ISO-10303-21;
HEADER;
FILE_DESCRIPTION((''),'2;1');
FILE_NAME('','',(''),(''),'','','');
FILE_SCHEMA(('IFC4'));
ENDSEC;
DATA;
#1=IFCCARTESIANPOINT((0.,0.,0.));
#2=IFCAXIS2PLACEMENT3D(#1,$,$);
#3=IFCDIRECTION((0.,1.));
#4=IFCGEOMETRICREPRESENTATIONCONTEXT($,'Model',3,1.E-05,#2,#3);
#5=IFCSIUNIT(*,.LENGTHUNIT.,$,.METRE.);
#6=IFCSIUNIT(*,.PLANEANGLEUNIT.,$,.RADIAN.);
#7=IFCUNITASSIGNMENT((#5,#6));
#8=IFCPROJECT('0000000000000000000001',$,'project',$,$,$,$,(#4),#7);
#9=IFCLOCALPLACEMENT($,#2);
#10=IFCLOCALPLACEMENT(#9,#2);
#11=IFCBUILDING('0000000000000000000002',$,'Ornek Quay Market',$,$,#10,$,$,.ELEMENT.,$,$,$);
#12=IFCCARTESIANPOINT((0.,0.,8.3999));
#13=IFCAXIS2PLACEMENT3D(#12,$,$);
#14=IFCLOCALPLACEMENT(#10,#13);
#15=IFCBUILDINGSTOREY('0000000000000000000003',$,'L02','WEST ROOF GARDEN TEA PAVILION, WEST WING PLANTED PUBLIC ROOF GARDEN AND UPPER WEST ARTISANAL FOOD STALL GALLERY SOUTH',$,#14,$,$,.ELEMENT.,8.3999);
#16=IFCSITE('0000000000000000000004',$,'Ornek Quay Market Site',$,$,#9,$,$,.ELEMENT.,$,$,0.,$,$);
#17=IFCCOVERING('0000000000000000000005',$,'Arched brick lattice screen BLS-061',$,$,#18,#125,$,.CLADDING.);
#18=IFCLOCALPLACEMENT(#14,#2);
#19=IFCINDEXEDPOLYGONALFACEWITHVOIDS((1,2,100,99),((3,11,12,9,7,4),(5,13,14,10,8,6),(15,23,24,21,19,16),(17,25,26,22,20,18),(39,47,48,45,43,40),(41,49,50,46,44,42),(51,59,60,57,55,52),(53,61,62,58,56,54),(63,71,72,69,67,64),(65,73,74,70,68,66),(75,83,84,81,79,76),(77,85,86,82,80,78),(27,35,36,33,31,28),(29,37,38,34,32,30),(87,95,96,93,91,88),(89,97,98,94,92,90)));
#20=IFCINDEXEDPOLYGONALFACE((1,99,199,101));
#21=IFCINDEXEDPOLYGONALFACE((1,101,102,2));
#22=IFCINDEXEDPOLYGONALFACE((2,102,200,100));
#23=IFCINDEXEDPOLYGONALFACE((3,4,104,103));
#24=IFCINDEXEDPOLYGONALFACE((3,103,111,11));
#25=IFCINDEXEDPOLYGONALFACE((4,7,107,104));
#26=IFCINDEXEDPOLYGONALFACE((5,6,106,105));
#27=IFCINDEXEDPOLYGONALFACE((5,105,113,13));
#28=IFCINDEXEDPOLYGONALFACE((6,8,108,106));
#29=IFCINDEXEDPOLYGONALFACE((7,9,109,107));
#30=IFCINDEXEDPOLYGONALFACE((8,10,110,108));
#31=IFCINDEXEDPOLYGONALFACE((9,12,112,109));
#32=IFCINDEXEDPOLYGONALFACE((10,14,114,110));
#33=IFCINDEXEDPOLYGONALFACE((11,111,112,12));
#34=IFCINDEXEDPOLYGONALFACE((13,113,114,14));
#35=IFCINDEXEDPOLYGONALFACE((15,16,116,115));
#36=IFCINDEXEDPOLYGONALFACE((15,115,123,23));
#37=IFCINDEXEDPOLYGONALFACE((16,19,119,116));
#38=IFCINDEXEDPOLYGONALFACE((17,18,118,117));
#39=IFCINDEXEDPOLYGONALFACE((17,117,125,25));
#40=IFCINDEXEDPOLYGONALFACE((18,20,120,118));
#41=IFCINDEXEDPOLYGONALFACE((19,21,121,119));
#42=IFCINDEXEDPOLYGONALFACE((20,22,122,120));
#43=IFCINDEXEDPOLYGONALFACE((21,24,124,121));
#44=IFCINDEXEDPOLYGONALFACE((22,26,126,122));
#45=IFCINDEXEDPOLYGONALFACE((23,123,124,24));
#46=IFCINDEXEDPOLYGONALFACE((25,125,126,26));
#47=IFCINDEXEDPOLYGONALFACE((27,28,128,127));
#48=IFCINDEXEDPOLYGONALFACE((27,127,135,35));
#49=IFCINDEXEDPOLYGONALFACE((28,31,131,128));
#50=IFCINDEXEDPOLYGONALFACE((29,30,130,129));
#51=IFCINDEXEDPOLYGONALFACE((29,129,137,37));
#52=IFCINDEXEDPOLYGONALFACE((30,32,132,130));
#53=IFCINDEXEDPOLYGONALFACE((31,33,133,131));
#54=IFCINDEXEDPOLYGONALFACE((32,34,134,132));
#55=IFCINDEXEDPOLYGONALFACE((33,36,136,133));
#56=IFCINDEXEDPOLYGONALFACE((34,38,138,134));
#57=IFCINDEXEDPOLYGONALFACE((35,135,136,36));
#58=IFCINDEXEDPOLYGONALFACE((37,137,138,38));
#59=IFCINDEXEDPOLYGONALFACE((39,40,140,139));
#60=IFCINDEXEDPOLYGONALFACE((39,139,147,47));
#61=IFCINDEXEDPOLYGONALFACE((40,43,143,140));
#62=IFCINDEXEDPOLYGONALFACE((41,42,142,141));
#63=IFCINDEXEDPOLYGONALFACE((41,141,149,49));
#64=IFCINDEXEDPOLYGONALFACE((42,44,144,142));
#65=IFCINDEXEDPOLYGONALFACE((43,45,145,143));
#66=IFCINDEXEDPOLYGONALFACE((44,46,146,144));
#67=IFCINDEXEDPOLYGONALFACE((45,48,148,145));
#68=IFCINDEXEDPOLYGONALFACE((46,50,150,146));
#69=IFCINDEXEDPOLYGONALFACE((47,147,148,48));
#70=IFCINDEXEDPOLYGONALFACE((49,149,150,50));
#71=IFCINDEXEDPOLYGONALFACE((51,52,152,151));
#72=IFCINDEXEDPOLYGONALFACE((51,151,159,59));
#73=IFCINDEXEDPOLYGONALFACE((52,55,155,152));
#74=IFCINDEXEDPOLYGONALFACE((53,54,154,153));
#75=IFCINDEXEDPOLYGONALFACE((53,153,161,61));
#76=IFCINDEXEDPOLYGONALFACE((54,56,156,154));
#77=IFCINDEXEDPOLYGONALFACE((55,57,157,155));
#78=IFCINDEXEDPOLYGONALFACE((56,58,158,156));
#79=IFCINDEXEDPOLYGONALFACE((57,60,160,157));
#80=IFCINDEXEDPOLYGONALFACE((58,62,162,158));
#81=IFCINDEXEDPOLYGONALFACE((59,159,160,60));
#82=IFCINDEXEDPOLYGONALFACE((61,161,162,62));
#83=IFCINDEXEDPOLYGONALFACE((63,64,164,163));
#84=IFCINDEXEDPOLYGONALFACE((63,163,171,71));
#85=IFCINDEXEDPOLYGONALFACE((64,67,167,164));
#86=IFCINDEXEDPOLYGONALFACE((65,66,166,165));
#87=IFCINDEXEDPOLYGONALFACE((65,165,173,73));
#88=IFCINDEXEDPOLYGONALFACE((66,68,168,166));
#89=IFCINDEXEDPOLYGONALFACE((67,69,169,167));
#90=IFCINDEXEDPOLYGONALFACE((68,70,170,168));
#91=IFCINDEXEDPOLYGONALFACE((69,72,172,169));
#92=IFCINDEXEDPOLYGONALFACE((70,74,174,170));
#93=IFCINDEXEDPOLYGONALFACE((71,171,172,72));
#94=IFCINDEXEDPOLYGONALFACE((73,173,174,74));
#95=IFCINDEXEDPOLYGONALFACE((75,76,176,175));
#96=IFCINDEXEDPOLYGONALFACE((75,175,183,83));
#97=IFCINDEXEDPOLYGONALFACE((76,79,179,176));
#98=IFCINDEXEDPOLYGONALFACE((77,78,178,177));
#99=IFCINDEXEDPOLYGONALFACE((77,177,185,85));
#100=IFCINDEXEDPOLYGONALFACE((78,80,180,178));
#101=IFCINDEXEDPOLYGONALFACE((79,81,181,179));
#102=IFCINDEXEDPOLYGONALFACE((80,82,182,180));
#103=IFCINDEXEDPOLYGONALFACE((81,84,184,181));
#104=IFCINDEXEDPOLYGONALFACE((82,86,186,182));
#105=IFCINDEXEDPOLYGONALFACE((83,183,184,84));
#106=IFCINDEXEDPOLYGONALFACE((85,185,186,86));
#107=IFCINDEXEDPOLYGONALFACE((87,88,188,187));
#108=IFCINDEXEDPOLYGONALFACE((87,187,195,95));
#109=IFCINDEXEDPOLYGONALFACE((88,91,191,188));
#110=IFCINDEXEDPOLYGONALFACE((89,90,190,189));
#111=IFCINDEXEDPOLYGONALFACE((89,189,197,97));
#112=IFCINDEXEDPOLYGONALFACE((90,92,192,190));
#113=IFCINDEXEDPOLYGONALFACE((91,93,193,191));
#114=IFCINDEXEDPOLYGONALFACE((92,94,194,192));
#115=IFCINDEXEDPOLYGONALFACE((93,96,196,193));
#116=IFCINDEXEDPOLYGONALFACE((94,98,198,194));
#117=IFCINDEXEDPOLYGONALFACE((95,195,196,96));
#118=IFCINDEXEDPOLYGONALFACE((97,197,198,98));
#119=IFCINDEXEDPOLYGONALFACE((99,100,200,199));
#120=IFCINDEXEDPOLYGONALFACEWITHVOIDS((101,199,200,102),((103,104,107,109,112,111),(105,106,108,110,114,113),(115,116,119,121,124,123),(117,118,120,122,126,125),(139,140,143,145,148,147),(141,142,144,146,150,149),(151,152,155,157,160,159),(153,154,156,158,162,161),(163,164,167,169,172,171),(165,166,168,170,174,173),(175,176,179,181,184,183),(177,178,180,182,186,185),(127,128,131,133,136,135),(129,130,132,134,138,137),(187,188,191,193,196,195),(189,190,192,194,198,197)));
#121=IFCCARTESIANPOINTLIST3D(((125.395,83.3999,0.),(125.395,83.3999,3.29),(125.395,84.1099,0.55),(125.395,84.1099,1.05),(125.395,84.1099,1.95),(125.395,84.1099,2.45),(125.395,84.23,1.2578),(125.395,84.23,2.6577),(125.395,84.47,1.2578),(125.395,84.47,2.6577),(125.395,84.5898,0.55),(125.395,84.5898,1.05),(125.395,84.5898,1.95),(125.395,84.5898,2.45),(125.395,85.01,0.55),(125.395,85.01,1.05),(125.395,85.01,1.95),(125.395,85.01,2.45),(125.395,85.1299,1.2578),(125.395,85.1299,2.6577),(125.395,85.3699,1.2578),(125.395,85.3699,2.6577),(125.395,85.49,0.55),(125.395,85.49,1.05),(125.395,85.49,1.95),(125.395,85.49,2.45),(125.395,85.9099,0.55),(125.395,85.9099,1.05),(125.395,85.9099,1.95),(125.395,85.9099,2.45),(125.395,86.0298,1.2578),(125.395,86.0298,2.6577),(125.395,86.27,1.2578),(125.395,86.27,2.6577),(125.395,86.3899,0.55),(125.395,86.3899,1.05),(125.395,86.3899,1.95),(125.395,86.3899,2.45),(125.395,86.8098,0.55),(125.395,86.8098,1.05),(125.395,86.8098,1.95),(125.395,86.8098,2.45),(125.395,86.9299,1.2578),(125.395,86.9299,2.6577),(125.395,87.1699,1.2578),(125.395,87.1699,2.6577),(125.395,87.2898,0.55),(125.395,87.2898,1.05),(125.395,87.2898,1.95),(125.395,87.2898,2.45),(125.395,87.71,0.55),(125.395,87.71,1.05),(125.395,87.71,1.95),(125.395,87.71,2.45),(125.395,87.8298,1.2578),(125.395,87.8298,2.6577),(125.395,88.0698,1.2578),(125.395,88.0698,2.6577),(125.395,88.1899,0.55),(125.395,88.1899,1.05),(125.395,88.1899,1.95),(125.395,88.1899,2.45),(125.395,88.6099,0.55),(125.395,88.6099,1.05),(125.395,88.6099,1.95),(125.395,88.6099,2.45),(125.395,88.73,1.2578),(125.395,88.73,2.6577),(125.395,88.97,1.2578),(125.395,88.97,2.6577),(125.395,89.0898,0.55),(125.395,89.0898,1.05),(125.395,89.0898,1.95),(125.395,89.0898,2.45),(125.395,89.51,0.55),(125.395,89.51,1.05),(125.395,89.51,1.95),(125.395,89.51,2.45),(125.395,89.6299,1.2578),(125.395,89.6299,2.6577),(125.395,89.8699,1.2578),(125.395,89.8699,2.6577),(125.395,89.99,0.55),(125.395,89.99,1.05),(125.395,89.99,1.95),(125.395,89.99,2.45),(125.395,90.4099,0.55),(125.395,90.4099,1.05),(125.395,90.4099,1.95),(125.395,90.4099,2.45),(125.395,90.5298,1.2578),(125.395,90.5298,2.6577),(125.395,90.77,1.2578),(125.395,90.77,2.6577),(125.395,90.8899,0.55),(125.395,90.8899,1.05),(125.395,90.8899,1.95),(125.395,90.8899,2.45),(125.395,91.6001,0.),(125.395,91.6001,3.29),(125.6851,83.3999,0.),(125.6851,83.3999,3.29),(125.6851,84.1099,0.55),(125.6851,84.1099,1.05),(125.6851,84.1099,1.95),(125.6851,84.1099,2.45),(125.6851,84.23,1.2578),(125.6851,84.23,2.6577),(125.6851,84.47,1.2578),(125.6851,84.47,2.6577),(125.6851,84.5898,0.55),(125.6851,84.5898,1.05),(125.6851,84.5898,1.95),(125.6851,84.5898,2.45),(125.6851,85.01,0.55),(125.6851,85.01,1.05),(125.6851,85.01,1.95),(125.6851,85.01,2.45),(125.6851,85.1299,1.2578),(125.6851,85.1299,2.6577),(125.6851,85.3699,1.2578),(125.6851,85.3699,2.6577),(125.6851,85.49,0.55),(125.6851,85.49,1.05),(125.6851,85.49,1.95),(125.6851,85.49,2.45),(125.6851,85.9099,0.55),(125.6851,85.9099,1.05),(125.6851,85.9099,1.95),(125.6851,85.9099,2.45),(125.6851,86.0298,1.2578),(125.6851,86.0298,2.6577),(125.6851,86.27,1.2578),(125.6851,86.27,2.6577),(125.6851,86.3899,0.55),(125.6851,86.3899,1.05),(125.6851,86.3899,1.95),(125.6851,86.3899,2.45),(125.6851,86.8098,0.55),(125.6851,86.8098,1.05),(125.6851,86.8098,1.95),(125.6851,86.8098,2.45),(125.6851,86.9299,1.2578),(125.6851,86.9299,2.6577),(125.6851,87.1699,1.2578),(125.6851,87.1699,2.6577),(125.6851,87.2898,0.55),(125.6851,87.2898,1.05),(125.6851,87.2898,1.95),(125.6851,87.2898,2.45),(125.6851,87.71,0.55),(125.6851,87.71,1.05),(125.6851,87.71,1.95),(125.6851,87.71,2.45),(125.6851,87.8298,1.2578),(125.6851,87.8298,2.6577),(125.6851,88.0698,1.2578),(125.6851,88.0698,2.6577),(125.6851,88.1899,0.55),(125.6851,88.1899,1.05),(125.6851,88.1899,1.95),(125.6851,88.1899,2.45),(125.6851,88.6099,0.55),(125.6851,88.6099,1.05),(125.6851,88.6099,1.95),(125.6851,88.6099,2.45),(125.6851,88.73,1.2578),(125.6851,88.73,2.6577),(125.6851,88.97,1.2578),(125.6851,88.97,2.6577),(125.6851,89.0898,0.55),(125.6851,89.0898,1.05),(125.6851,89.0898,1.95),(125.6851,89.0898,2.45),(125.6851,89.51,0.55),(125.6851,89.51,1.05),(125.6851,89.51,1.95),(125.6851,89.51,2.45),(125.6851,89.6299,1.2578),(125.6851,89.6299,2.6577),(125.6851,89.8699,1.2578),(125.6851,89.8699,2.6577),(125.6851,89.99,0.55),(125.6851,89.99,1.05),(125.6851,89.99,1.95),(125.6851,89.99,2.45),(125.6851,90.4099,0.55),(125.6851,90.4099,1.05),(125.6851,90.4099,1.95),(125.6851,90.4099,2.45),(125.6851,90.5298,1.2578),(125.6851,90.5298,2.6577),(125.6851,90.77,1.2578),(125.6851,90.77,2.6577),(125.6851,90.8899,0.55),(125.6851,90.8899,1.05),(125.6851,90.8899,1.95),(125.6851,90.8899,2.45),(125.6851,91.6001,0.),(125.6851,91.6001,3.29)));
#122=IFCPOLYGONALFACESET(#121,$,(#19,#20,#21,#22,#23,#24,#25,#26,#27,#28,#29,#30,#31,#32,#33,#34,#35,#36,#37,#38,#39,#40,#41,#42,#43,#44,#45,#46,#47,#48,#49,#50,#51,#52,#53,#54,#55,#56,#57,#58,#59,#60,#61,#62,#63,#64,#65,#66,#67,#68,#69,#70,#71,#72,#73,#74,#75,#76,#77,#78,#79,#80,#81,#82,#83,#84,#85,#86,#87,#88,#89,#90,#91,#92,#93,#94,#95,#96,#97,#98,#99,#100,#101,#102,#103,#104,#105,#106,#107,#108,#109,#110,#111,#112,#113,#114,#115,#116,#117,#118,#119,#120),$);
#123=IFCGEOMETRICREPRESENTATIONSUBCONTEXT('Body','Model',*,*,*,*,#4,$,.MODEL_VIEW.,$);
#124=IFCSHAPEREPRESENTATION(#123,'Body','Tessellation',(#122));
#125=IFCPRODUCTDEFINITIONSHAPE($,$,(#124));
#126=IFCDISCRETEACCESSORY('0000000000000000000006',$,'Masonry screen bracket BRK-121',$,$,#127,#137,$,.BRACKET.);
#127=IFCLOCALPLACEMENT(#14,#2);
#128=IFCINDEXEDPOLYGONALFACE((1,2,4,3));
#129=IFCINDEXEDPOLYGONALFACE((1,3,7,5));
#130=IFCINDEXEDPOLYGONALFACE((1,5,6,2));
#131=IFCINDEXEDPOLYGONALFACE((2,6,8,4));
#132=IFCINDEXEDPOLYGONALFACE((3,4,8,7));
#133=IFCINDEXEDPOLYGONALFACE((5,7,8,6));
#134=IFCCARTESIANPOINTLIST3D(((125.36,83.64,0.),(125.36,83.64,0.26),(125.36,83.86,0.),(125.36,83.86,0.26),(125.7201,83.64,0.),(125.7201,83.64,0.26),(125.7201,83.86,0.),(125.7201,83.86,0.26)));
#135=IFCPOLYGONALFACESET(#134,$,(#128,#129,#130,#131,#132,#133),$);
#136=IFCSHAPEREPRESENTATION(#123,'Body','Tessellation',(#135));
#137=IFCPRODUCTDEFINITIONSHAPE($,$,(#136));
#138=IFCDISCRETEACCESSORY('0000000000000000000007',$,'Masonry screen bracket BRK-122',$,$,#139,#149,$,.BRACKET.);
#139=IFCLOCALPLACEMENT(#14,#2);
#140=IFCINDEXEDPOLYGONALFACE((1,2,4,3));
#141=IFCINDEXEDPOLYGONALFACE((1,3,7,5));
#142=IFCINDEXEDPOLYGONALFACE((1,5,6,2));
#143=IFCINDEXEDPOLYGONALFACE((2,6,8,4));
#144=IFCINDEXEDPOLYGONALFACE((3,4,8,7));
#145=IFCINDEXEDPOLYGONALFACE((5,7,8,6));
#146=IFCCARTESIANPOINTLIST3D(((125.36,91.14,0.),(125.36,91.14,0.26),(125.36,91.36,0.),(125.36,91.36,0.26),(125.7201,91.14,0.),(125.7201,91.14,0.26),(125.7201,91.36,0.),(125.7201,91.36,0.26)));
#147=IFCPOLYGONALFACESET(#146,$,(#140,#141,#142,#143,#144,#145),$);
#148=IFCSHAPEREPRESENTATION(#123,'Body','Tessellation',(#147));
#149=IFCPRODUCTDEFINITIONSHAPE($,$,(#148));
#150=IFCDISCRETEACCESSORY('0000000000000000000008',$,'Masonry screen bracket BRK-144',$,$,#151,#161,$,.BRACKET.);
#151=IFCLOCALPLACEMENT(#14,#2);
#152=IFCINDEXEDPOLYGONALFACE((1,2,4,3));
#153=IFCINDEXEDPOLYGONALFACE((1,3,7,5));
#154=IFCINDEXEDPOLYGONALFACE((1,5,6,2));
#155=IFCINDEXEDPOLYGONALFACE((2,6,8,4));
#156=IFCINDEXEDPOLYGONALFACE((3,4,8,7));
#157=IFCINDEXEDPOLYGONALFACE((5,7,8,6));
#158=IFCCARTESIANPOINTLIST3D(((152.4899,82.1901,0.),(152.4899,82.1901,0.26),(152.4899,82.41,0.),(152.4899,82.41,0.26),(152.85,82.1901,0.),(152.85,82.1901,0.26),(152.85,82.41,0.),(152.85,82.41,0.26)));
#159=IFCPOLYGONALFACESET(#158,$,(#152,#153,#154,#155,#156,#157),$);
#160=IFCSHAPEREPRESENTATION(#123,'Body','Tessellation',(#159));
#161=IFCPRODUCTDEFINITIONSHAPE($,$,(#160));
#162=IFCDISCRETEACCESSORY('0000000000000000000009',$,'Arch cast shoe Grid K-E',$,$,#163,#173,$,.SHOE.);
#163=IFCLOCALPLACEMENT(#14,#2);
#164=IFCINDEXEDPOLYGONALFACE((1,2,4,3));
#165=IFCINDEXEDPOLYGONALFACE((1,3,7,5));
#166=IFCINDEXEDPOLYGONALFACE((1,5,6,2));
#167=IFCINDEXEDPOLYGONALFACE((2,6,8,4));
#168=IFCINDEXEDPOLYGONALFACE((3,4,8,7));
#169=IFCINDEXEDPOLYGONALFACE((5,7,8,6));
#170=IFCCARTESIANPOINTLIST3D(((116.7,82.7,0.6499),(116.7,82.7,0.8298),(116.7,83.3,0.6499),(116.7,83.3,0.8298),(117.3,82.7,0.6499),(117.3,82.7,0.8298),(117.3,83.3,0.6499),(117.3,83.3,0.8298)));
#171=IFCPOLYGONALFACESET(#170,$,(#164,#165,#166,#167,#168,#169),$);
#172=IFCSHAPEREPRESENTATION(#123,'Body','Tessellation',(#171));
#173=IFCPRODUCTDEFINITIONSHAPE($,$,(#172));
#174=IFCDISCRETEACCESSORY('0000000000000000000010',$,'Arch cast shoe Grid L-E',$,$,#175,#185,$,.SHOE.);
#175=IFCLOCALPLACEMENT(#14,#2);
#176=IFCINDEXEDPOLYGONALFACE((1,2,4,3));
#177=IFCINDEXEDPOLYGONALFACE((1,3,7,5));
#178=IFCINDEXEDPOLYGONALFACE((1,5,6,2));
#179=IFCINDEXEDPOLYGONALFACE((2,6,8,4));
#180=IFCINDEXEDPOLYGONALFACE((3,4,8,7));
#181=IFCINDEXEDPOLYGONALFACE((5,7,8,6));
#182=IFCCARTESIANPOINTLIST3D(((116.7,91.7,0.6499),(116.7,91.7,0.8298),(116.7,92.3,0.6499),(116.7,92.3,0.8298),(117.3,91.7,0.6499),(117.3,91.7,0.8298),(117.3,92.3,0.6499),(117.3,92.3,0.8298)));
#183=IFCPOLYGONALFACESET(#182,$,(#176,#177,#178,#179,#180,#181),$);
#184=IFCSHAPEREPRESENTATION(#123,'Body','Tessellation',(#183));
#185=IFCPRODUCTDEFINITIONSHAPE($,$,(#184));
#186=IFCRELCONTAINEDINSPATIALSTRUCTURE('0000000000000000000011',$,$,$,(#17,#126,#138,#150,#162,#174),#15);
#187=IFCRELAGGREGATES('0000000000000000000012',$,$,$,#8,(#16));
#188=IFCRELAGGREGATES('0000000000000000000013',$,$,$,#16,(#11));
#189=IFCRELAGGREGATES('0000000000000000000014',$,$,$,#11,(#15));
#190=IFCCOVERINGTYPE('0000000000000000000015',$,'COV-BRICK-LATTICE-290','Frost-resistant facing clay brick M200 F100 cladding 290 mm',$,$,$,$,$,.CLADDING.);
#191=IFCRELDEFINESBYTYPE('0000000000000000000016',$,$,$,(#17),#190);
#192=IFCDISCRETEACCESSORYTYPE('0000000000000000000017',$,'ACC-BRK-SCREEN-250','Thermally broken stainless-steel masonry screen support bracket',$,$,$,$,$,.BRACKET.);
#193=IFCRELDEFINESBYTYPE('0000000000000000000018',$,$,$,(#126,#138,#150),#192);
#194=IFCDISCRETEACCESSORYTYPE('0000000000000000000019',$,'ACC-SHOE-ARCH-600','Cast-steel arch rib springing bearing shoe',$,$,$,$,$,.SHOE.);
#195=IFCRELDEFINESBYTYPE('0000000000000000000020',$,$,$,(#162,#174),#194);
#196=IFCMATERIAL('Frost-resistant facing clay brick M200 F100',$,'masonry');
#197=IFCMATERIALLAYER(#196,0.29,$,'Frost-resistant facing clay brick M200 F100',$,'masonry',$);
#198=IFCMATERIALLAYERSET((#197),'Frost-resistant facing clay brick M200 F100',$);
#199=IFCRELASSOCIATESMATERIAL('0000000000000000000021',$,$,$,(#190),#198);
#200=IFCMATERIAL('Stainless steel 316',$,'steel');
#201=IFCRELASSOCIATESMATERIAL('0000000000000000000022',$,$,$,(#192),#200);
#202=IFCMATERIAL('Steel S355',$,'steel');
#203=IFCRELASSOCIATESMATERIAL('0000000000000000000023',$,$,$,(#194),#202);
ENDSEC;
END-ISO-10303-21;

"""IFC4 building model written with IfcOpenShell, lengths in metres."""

from ifc_helpers import new_model, si_unit, direction, frame, origin, origin_2d, place, context, subcontext, project, spatial, polyline, rectangle, outline, extrude, material, layer, layer_set, type_object, element, save


model = new_model("IFC4")

# Units and contexts
model_context = context("Model", 3, precision=1e-05, world=origin(), true_north=direction((0.0, 1.0)))
body_context = subcontext(model_context, "Body", "Model", "MODEL_VIEW")
ifc_project = project(units=[si_unit("LENGTHUNIT", "METRE"), si_unit("PLANEANGLEUNIT", "RADIAN")], contexts=[model_context])

# Site, building, storey
site_placement = place(None, origin())
site = spatial("IfcSite", under=ifc_project, at=site_placement, Name="Ornek Quay Market Site", CompositionType="ELEMENT", RefElevation=0.0)
building_placement = place(site_placement, origin())
building = spatial("IfcBuilding", under=site, at=building_placement, Name="Ornek Quay Market", CompositionType="ELEMENT")
storey_placement = place(building_placement, frame((0.0, 0.0, 8.3999)))
storey = spatial("IfcBuildingStorey", under=building, at=storey_placement, Name="L02", Description="WEST ROOF GARDEN TEA PAVILION, WEST WING PLANTED PUBLIC ROOF GARDEN AND UPPER WEST ARTISANAL FOOD STALL GALLERY SOUTH", CompositionType="ELEMENT", Elevation=8.3999)

# Shared definitions
ifc_material_1 = material(Name="Steel S355", Category="steel")

# Shared definitions
ifc_material_2 = material(Name="Frost-resistant facing clay brick M200 F100", Category="masonry")

# Covering
ifc_layer_1 = layer(ifc_material_2, 0.29, Name="Frost-resistant facing clay brick M200 F100", Category="masonry")
ifc_layer_set_1 = layer_set([ifc_layer_1], Name="Frost-resistant facing clay brick M200 F100")
covering_type_1 = type_object("IfcCoveringType", Name="COV-BRICK-LATTICE-290", Description="Frost-resistant facing clay brick M200 F100 cladding 290 mm", PredefinedType="CLADDING", material=ifc_layer_set_1)
covering_1_placement = place(storey_placement, frame((125.54, 83.3999, 0.0), z_axis=(0.0, 0.0, 1.0), x_axis=(0.0, 1.0, 0.0)))
element("IfcCovering", 1, at=covering_1_placement, inside=storey, type_object=covering_type_1, Name="Arched brick lattice screen BLS-061", PredefinedType="CLADDING", context=body_context, shape_type="SweptSolid", body=[
    extrude(outline(polyline([(0.0, 0.0), (8.2002, 0.0), (8.2002, 3.29), (0.0, 3.29), (0.0, 0.0)]), holes=[polyline([(0.71, 0.55), (1.1899, 0.55), (1.1899, 1.05), (1.0701, 1.2578), (0.8301, 1.2578), (0.71, 1.05), (0.71, 0.55)]), polyline([(0.71, 1.95), (1.1899, 1.95), (1.1899, 2.45), (1.0701, 2.6577), (0.8301, 2.6577), (0.71, 2.45), (0.71, 1.95)]), polyline([(1.6101, 0.55), (2.0901, 0.55), (2.0901, 1.05), (1.97, 1.2578), (1.73, 1.2578), (1.6101, 1.05), (1.6101, 0.55)]), polyline([(1.6101, 1.95), (2.0901, 1.95), (2.0901, 2.45), (1.97, 2.6577), (1.73, 2.6577), (1.6101, 2.45), (1.6101, 1.95)]), polyline([(2.51, 0.55), (2.99, 0.55), (2.99, 1.05), (2.8701, 1.2578), (2.6299, 1.2578), (2.51, 1.05), (2.51, 0.55)]), polyline([(2.51, 1.95), (2.99, 1.95), (2.99, 2.45), (2.8701, 2.6577), (2.6299, 2.6577), (2.51, 2.45), (2.51, 1.95)]), polyline([(3.4099, 0.55), (3.8899, 0.55), (3.8899, 1.05), (3.77, 1.2578), (3.53, 1.2578), (3.4099, 1.05), (3.4099, 0.55)]), polyline([(3.4099, 1.95), (3.8899, 1.95), (3.8899, 2.45), (3.77, 2.6577), (3.53, 2.6577), (3.4099, 2.45), (3.4099, 1.95)]), polyline([(4.3101, 0.55), (4.79, 0.55), (4.79, 1.05), (4.6699, 1.2578), (4.4299, 1.2578), (4.3101, 1.05), (4.3101, 0.55)]), polyline([(4.3101, 1.95), (4.79, 1.95), (4.79, 2.45), (4.6699, 2.6577), (4.4299, 2.6577), (4.3101, 2.45), (4.3101, 1.95)]), polyline([(5.21, 0.55), (5.6899, 0.55), (5.6899, 1.05), (5.5701, 1.2578), (5.3301, 1.2578), (5.21, 1.05), (5.21, 0.55)]), polyline([(5.21, 1.95), (5.6899, 1.95), (5.6899, 2.45), (5.5701, 2.6577), (5.3301, 2.6577), (5.21, 2.45), (5.21, 1.95)]), polyline([(6.1101, 0.55), (6.5901, 0.55), (6.5901, 1.05), (6.47, 1.2578), (6.23, 1.2578), (6.1101, 1.05), (6.1101, 0.55)]), polyline([(6.1101, 1.95), (6.5901, 1.95), (6.5901, 2.45), (6.47, 2.6577), (6.23, 2.6577), (6.1101, 2.45), (6.1101, 1.95)]), polyline([(7.01, 0.55), (7.49, 0.55), (7.49, 1.05), (7.3701, 1.2578), (7.1299, 1.2578), (7.01, 1.05), (7.01, 0.55)]), polyline([(7.01, 1.95), (7.49, 1.95), (7.49, 2.45), (7.3701, 2.6577), (7.1299, 2.6577), (7.01, 2.45), (7.01, 1.95)])]), frame((0.0, 0.145, 0.0), z_axis=(0.0, -1.0, 0.0), x_axis=(1.0, 0.0, 0.0)), (0.0, 0.0, 1.0), 0.29),
])

# Discrete accessories
ifc_material_3 = material(Name="Stainless steel 316", Category="steel")
discrete_accessory_type_1 = type_object("IfcDiscreteAccessoryType", Name="ACC-BRK-SCREEN-250", Description="Thermally broken stainless-steel masonry screen support bracket", PredefinedType="BRACKET", material=ifc_material_3)
for number, where, z_axis, x_axis, name in (
    (2, (125.54, 83.75, 0.0), (0.0, 0.0, 1.0), (0.0, 1.0, 0.0), "Masonry screen bracket BRK-121"),
    (3, (125.54, 91.25, 0.0), (0.0, 0.0, 1.0), (0.0, 1.0, 0.0), "Masonry screen bracket BRK-122"),
    (4, (152.6699, 82.3, 0.0), (0.0, 0.0, 1.0), (0.0, 1.0, 0.0), "Masonry screen bracket BRK-144"),
):
    element("IfcDiscreteAccessory", number, at=place(storey_placement, frame(where, z_axis=z_axis, x_axis=x_axis)), inside=storey, type_object=discrete_accessory_type_1, Name=name, PredefinedType="BRACKET", context=body_context, shape_type="SweptSolid", body=[
        extrude(rectangle(XDim=0.22, YDim=0.3601, at=origin_2d()), origin(), (0.0, 0.0, 1.0), 0.26),
    ])
discrete_accessory_type_2 = type_object("IfcDiscreteAccessoryType", Name="ACC-SHOE-ARCH-600", Description="Cast-steel arch rib springing bearing shoe", PredefinedType="SHOE", material=ifc_material_1)
for number, where, z_axis, x_axis, name in (
    (5, (117.0, 83.0, 0.6499), (0.0, 0.0, 1.0), (1.0, 0.0, 0.0), "Arch cast shoe Grid K-E"),
    (6, (117.0, 92.0, 0.6499), (0.0, 0.0, 1.0), (1.0, 0.0, 0.0), "Arch cast shoe Grid L-E"),
):
    element("IfcDiscreteAccessory", number, at=place(storey_placement, frame(where, z_axis=z_axis, x_axis=x_axis)), inside=storey, type_object=discrete_accessory_type_2, Name=name, PredefinedType="SHOE", context=body_context, shape_type="SweptSolid", body=[
        extrude(rectangle(XDim=0.6001, YDim=0.6001, at=origin_2d()), origin(), (0.0, 0.0, 1.0), 0.1799),
    ])

save(model, "model.ifc")
